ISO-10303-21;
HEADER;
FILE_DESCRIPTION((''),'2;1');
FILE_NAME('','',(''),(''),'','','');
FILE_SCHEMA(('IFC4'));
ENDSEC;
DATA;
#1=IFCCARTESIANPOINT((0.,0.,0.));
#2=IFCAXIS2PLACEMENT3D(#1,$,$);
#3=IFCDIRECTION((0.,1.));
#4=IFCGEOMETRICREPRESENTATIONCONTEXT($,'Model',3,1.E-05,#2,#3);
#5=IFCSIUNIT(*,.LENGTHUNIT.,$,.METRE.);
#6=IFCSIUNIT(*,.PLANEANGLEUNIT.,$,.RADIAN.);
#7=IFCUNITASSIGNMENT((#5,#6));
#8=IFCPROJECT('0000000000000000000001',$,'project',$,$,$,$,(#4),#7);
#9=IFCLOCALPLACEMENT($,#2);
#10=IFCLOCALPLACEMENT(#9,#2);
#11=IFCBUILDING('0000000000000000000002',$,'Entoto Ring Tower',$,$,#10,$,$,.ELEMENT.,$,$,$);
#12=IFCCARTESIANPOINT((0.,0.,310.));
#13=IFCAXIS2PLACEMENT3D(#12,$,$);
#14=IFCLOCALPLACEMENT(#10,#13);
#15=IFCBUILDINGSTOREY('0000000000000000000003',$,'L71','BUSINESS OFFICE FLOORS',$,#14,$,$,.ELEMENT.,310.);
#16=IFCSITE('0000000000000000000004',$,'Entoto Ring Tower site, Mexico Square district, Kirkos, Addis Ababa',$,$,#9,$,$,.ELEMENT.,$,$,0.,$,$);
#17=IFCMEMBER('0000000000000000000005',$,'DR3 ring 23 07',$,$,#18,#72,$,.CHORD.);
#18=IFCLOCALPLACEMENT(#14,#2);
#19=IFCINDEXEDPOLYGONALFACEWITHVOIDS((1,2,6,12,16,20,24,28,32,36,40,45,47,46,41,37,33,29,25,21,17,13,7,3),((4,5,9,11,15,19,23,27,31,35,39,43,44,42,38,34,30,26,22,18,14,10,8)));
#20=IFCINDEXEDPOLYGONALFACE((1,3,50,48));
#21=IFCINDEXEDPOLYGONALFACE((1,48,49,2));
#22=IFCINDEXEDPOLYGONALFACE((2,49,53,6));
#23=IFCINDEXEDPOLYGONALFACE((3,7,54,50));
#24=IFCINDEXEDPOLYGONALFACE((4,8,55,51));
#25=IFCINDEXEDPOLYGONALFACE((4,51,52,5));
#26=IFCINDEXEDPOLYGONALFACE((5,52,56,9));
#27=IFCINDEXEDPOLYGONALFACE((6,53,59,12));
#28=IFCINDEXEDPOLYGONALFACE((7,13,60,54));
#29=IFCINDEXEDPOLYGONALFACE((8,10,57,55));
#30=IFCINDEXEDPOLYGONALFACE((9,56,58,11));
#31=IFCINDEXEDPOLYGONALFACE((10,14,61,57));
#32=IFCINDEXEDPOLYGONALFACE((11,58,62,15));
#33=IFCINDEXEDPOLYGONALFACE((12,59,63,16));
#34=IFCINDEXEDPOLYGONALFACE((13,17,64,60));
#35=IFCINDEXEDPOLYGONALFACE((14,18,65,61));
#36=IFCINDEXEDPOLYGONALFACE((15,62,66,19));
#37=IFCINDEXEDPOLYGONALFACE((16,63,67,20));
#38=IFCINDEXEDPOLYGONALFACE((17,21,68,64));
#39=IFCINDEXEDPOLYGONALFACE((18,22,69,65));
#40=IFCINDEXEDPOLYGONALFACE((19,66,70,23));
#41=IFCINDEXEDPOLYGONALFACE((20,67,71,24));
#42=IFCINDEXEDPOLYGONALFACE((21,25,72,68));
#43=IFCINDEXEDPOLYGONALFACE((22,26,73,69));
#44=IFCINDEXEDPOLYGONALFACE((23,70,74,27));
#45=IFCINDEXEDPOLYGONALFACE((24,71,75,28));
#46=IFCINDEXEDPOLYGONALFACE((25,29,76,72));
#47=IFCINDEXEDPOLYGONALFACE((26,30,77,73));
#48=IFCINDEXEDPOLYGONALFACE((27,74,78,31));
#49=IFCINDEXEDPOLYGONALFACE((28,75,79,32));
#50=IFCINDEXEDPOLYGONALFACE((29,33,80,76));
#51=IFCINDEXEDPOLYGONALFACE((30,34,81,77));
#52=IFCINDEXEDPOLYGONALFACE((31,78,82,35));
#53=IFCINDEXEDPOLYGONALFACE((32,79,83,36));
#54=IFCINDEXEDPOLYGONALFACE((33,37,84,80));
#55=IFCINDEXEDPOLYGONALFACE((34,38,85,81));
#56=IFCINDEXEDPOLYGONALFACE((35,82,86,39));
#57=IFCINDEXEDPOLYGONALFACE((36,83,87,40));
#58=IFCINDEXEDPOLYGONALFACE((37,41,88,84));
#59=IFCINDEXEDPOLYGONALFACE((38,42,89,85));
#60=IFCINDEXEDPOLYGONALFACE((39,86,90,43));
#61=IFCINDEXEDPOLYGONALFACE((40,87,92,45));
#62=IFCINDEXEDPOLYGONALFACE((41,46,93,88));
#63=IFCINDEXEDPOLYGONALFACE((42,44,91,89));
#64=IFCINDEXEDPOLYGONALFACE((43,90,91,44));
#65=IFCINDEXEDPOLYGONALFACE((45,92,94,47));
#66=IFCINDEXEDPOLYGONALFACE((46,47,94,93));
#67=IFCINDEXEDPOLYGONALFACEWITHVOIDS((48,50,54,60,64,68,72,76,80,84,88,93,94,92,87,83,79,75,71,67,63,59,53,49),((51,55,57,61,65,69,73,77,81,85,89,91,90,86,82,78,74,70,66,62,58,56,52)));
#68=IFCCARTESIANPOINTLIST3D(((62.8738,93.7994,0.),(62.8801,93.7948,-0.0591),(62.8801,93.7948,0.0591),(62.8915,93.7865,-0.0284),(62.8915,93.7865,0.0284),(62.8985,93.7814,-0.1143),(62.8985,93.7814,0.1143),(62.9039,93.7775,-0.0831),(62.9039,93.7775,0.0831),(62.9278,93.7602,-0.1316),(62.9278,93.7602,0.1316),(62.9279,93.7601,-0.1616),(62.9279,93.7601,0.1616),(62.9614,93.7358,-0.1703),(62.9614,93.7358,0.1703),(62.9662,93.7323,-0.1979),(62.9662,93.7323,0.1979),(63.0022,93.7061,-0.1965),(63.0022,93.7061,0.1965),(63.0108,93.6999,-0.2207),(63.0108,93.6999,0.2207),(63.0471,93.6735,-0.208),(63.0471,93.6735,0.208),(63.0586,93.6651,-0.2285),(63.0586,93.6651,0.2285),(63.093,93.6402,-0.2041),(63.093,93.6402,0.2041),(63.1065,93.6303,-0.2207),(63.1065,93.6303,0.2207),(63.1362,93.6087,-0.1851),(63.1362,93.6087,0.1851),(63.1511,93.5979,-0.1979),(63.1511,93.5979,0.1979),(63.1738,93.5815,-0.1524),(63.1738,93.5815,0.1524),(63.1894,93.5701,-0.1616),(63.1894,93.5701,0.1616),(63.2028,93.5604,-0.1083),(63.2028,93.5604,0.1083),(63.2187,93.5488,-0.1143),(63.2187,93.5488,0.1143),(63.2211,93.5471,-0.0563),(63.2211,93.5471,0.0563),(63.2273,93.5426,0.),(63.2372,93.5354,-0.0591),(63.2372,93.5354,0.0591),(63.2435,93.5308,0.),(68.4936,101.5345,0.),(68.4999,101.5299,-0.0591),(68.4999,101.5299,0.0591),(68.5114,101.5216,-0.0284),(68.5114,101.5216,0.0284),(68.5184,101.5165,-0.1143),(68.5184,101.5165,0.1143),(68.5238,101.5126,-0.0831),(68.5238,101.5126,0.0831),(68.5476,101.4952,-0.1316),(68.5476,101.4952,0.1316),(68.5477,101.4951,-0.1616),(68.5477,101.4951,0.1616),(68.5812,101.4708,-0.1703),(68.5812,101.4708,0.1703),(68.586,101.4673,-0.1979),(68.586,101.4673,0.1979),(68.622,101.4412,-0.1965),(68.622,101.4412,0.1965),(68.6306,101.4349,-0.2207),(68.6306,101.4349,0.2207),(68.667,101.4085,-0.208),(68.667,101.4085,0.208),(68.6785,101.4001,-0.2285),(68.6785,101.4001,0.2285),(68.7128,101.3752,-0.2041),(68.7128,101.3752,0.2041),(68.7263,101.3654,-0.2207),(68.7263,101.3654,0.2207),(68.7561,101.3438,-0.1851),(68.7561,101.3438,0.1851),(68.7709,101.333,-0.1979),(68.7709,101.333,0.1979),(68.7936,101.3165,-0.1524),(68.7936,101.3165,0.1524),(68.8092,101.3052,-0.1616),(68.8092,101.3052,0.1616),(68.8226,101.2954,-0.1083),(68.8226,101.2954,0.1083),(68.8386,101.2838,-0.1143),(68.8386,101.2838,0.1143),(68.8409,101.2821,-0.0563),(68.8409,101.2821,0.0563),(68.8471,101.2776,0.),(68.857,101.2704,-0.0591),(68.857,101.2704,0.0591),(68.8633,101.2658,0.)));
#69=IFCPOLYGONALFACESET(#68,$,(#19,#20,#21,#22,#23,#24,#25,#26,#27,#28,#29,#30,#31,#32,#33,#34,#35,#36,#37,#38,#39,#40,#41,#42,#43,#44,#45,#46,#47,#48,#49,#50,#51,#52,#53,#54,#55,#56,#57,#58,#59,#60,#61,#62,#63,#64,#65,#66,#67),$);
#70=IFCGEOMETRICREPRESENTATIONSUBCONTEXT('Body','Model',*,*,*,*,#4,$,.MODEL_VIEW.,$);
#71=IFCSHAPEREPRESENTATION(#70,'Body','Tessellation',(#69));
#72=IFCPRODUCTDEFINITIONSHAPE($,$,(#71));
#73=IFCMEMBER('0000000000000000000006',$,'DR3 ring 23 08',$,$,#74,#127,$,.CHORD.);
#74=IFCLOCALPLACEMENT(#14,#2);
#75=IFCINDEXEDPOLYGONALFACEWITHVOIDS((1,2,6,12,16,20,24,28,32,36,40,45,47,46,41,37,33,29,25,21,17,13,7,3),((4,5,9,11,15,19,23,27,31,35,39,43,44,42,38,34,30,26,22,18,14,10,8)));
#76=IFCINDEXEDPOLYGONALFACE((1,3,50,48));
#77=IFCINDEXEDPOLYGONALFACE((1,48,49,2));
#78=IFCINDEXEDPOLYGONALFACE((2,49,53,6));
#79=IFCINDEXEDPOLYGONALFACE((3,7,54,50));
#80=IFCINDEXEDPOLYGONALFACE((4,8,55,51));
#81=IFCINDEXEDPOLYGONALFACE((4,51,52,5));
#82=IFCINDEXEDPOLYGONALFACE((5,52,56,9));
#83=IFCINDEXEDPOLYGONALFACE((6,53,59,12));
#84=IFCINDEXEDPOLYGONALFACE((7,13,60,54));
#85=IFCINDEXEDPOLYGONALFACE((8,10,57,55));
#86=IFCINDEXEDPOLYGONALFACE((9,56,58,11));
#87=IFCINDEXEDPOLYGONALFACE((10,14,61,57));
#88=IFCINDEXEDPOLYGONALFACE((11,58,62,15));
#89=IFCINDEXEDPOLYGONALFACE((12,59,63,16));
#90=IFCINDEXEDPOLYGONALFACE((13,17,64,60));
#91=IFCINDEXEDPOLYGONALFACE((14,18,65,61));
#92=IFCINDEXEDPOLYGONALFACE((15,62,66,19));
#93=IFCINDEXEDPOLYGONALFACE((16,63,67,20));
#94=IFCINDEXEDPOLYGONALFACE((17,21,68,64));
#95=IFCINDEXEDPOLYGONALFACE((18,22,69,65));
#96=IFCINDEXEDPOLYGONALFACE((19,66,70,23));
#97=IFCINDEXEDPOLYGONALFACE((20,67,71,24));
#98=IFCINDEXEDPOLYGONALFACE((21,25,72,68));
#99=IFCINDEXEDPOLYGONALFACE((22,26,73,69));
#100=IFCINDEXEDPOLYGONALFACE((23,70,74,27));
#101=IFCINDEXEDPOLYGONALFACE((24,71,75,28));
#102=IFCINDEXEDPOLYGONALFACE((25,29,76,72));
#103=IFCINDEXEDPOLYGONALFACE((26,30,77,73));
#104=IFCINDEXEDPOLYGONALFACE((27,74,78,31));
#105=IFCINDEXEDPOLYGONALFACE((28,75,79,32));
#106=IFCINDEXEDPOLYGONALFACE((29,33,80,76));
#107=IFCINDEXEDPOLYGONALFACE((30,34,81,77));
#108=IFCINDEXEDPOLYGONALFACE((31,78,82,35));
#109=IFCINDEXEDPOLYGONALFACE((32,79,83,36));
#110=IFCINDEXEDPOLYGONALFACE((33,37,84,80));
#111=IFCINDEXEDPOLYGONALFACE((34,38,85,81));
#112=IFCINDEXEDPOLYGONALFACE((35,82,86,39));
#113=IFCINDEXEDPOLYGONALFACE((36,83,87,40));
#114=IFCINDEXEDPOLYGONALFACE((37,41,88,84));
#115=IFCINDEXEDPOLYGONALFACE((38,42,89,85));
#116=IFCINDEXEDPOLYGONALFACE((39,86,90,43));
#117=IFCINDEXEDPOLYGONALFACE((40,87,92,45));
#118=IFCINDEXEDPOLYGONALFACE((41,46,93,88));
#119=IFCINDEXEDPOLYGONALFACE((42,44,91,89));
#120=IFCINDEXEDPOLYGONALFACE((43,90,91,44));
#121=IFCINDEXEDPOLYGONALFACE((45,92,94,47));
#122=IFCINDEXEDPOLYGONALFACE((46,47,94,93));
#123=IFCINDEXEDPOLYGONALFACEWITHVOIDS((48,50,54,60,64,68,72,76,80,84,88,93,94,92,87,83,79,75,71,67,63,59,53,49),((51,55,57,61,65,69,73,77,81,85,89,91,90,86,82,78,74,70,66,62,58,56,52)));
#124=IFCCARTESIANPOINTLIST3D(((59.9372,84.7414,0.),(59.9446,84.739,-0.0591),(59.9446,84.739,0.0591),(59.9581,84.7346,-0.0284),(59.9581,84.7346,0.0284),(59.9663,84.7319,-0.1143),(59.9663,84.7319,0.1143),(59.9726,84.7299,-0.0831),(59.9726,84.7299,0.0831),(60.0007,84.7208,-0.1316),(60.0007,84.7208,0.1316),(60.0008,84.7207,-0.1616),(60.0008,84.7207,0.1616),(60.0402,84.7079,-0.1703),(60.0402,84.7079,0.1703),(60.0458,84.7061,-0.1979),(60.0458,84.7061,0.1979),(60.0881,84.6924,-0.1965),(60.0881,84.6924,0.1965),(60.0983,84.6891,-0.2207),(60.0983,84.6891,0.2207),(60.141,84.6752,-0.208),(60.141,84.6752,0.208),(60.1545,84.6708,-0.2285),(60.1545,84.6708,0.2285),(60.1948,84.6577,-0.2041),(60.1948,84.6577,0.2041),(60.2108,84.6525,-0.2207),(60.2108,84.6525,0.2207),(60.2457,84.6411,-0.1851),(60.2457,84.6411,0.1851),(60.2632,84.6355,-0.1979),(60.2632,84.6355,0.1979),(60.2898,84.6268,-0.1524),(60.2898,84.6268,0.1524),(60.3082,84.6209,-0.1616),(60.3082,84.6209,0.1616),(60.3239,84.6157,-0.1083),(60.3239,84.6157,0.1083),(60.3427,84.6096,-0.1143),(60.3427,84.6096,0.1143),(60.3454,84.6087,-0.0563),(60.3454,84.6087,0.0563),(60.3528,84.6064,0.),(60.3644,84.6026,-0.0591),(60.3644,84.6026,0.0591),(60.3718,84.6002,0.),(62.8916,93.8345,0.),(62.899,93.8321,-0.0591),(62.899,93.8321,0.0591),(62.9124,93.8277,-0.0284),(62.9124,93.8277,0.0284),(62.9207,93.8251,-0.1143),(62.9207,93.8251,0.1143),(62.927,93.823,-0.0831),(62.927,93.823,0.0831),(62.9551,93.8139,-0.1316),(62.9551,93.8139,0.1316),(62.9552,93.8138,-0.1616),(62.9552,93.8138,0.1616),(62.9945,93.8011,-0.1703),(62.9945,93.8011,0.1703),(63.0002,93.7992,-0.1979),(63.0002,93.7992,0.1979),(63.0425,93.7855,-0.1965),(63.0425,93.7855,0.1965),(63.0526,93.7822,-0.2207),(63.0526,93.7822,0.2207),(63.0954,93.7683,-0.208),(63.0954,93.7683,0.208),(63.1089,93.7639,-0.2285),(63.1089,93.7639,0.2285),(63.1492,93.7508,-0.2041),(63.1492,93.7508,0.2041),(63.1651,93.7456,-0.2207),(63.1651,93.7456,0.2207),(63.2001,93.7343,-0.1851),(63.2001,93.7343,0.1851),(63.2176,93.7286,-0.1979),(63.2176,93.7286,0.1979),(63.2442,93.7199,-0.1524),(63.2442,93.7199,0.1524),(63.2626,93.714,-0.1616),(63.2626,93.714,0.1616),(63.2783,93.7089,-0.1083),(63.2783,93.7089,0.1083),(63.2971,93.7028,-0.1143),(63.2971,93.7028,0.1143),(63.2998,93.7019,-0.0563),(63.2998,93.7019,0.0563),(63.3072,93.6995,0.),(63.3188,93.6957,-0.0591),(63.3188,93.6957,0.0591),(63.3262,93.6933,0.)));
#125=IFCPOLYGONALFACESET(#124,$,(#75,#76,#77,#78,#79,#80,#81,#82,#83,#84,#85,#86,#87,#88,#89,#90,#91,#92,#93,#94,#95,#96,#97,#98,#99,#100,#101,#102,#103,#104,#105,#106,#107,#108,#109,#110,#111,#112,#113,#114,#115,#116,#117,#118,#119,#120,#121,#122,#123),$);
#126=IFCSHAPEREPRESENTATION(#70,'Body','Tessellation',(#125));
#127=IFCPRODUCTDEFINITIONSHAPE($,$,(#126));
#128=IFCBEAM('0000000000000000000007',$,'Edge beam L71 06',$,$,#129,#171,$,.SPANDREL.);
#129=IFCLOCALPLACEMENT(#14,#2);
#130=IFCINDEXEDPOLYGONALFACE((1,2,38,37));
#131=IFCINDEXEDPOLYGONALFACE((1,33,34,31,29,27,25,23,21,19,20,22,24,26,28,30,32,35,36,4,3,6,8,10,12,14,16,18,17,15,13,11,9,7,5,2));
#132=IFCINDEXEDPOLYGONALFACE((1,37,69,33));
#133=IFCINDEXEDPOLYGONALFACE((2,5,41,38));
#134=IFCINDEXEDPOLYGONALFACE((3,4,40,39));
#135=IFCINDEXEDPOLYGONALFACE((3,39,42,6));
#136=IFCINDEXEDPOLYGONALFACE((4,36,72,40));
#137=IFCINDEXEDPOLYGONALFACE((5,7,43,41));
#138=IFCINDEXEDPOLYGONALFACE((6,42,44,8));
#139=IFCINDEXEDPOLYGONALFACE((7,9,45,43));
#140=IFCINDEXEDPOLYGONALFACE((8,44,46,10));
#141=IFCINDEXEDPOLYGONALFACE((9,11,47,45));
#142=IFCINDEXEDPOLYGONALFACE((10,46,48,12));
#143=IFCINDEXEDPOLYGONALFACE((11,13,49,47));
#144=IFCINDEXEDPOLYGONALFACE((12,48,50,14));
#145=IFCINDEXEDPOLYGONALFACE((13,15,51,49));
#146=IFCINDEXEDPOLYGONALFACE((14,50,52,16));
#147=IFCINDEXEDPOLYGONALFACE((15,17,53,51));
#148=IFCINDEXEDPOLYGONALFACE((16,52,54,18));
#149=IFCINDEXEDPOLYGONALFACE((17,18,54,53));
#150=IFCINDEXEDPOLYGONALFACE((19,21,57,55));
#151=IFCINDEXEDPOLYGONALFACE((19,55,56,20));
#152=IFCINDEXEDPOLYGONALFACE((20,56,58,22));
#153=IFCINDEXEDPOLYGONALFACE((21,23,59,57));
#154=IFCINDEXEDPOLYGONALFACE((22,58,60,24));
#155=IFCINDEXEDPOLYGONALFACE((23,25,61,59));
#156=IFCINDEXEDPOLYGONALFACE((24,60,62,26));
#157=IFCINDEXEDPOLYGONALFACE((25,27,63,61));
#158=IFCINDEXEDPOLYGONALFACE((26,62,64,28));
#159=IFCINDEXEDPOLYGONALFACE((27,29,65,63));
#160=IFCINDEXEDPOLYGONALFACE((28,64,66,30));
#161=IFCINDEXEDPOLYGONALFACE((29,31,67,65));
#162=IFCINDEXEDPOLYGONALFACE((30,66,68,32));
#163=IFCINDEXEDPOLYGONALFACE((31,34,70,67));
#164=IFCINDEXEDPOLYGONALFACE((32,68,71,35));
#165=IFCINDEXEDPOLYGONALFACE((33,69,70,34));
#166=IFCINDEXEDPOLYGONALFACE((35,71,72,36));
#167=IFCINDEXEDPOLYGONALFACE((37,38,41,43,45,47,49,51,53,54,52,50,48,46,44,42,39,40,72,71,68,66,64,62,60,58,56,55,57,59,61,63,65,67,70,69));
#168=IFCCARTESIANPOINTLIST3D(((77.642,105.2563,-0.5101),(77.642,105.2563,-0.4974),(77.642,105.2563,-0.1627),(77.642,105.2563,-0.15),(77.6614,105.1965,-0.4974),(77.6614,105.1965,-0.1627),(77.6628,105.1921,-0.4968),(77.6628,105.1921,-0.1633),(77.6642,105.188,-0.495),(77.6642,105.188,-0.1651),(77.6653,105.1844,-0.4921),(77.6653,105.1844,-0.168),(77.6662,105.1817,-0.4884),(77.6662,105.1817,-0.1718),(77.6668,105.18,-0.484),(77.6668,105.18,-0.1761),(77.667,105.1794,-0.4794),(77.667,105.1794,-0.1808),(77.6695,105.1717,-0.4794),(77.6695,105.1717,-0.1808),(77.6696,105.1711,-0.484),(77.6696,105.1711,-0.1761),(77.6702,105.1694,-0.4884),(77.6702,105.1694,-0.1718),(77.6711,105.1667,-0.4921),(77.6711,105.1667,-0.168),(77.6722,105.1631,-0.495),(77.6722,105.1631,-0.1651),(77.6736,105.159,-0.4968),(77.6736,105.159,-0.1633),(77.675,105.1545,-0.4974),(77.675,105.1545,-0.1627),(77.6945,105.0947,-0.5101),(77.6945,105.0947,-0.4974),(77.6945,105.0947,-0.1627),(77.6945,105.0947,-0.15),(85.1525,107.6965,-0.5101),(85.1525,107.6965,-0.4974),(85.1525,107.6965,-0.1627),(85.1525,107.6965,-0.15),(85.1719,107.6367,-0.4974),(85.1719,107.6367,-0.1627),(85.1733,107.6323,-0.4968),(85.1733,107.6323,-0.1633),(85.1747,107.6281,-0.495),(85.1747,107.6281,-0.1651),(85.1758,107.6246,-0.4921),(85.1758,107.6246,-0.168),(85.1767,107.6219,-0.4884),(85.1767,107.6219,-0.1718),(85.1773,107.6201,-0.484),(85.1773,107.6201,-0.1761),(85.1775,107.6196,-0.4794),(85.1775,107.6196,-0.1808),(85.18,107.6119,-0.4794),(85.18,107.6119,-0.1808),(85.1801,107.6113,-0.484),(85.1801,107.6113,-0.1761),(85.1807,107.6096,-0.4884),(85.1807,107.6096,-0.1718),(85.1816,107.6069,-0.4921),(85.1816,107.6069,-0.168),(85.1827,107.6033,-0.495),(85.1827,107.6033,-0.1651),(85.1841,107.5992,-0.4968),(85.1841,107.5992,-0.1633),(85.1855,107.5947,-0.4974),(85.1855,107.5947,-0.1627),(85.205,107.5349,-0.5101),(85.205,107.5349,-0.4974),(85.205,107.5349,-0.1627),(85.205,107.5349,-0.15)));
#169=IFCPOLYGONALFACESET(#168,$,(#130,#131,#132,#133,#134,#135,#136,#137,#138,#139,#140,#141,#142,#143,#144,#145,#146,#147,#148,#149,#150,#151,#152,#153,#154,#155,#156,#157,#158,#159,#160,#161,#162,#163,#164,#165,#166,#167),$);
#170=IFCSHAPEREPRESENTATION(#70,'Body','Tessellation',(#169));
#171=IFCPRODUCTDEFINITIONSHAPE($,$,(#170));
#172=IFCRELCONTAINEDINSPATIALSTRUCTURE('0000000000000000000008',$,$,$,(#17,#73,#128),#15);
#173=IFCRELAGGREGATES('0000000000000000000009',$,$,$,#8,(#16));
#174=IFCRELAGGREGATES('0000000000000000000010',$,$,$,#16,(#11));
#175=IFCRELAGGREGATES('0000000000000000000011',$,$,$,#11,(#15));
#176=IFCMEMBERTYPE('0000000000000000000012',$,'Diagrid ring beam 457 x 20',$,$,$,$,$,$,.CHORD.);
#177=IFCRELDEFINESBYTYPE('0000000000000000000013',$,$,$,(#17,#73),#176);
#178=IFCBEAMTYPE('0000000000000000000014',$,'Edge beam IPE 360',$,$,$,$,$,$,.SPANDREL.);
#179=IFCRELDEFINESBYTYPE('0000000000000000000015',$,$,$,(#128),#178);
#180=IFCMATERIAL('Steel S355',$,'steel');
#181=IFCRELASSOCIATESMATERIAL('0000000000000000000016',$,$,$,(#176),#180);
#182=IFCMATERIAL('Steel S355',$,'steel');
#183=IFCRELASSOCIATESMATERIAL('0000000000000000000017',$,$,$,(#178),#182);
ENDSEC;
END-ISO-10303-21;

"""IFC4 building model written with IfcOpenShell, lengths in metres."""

from ifc_helpers import new_model, si_unit, direction, frame, origin, origin_2d, place, context, subcontext, project, spatial, circle, hollow_circle, i_section, extrude, material, material_profile, profile_set, type_object, element, save


model = new_model("IFC4")

# Units and contexts
model_context = context("Model", 3, precision=1e-05, world=origin(), true_north=direction((0.0, 1.0)))
body_context = subcontext(model_context, "Body", "Model", "MODEL_VIEW")
ifc_project = project(units=[si_unit("LENGTHUNIT", "METRE"), si_unit("PLANEANGLEUNIT", "RADIAN")], contexts=[model_context])

# Site, building, storey
site_placement = place(None, origin())
site = spatial("IfcSite", under=ifc_project, at=site_placement, Name="Entoto Ring Tower site, Mexico Square district, Kirkos, Addis Ababa", CompositionType="ELEMENT", RefElevation=0.0)
building_placement = place(site_placement, origin())
building = spatial("IfcBuilding", under=site, at=building_placement, Name="Entoto Ring Tower", CompositionType="ELEMENT")
storey_placement = place(building_placement, frame((0.0, 0.0, 310.0)))
storey = spatial("IfcBuildingStorey", under=building, at=storey_placement, Name="L71", Description="BUSINESS OFFICE FLOORS", CompositionType="ELEMENT", Elevation=310.0)

# Members
ifc_material_1 = material(Name="Steel S355", Category="steel")
ifc_material_profile_1 = material_profile(ifc_material_1, hollow_circle(Radius=0.2285, WallThickness=0.02, at=origin_2d()), Name="CHS 457 x 20")
ifc_material_2 = material(Name="Concrete C60/75", Category="concrete")
ifc_material_profile_2 = material_profile(ifc_material_2, circle(Radius=0.2085, at=origin_2d()), Name="Concrete C60/75 infill")
ifc_profile_set_1 = profile_set([ifc_material_profile_1, ifc_material_profile_2], Name="Steel S355")
member_type_1 = type_object("IfcMemberType", Name="Diagrid ring beam 457 x 20", PredefinedType="CHORD", material=ifc_profile_set_1)
for number, where, z_axis, x_axis, name in (
    (1, (68.6785, 101.4001, 0.0), (-0.587784, -0.809018, 0.0), (0.809018, -0.587784, 0.0), "DR3 ring 23 07"),
    (2, (63.1089, 93.7639, 0.0), (-0.309002, -0.951061, 0.0), (0.951061, -0.309002, 0.0), "DR3 ring 23 08"),
):
    element("IfcMember", number, at=place(storey_placement, frame(where, z_axis=z_axis, x_axis=x_axis)), inside=storey, type_object=member_type_1, Name=name, PredefinedType="CHORD", context=body_context, shape_type="SweptSolid", body=[
        extrude(hollow_circle(Radius=0.2285, WallThickness=0.02, at=origin_2d()), origin(), (0.0, 0.0, 1.0), 9.561),
    ])

# Beam
ifc_material_3 = material(Name="Steel S355", Category="steel")
ifc_material_profile_3 = material_profile(ifc_material_3, i_section(OverallWidth=0.1699, OverallDepth=0.3601, WebThickness=0.0081, FlangeThickness=0.0127, FilletRadius=0.0181, at=origin_2d()), Name="IPE 360")
ifc_profile_set_2 = profile_set([ifc_material_profile_3], Name="Steel S355")
beam_type_1 = type_object("IfcBeamType", Name="Edge beam IPE 360", PredefinedType="SPANDREL", material=ifc_profile_set_2)
beam_1_placement = place(storey_placement, frame((85.1787, 107.6157, -0.3301), z_axis=(-0.951061, -0.309003, 0.0), x_axis=(0.309003, -0.951061, 0.0)))
element("IfcBeam", 3, at=beam_1_placement, inside=storey, type_object=beam_type_1, Name="Edge beam L71 06", PredefinedType="SPANDREL", context=body_context, shape_type="SweptSolid", body=[
    extrude(i_section(OverallWidth=0.1699, OverallDepth=0.3601, WebThickness=0.0081, FlangeThickness=0.0127, FilletRadius=0.0181, at=origin_2d()), origin(), (0.0, 0.0, 1.0), 7.897),
])

save(model, "model.ifc")
